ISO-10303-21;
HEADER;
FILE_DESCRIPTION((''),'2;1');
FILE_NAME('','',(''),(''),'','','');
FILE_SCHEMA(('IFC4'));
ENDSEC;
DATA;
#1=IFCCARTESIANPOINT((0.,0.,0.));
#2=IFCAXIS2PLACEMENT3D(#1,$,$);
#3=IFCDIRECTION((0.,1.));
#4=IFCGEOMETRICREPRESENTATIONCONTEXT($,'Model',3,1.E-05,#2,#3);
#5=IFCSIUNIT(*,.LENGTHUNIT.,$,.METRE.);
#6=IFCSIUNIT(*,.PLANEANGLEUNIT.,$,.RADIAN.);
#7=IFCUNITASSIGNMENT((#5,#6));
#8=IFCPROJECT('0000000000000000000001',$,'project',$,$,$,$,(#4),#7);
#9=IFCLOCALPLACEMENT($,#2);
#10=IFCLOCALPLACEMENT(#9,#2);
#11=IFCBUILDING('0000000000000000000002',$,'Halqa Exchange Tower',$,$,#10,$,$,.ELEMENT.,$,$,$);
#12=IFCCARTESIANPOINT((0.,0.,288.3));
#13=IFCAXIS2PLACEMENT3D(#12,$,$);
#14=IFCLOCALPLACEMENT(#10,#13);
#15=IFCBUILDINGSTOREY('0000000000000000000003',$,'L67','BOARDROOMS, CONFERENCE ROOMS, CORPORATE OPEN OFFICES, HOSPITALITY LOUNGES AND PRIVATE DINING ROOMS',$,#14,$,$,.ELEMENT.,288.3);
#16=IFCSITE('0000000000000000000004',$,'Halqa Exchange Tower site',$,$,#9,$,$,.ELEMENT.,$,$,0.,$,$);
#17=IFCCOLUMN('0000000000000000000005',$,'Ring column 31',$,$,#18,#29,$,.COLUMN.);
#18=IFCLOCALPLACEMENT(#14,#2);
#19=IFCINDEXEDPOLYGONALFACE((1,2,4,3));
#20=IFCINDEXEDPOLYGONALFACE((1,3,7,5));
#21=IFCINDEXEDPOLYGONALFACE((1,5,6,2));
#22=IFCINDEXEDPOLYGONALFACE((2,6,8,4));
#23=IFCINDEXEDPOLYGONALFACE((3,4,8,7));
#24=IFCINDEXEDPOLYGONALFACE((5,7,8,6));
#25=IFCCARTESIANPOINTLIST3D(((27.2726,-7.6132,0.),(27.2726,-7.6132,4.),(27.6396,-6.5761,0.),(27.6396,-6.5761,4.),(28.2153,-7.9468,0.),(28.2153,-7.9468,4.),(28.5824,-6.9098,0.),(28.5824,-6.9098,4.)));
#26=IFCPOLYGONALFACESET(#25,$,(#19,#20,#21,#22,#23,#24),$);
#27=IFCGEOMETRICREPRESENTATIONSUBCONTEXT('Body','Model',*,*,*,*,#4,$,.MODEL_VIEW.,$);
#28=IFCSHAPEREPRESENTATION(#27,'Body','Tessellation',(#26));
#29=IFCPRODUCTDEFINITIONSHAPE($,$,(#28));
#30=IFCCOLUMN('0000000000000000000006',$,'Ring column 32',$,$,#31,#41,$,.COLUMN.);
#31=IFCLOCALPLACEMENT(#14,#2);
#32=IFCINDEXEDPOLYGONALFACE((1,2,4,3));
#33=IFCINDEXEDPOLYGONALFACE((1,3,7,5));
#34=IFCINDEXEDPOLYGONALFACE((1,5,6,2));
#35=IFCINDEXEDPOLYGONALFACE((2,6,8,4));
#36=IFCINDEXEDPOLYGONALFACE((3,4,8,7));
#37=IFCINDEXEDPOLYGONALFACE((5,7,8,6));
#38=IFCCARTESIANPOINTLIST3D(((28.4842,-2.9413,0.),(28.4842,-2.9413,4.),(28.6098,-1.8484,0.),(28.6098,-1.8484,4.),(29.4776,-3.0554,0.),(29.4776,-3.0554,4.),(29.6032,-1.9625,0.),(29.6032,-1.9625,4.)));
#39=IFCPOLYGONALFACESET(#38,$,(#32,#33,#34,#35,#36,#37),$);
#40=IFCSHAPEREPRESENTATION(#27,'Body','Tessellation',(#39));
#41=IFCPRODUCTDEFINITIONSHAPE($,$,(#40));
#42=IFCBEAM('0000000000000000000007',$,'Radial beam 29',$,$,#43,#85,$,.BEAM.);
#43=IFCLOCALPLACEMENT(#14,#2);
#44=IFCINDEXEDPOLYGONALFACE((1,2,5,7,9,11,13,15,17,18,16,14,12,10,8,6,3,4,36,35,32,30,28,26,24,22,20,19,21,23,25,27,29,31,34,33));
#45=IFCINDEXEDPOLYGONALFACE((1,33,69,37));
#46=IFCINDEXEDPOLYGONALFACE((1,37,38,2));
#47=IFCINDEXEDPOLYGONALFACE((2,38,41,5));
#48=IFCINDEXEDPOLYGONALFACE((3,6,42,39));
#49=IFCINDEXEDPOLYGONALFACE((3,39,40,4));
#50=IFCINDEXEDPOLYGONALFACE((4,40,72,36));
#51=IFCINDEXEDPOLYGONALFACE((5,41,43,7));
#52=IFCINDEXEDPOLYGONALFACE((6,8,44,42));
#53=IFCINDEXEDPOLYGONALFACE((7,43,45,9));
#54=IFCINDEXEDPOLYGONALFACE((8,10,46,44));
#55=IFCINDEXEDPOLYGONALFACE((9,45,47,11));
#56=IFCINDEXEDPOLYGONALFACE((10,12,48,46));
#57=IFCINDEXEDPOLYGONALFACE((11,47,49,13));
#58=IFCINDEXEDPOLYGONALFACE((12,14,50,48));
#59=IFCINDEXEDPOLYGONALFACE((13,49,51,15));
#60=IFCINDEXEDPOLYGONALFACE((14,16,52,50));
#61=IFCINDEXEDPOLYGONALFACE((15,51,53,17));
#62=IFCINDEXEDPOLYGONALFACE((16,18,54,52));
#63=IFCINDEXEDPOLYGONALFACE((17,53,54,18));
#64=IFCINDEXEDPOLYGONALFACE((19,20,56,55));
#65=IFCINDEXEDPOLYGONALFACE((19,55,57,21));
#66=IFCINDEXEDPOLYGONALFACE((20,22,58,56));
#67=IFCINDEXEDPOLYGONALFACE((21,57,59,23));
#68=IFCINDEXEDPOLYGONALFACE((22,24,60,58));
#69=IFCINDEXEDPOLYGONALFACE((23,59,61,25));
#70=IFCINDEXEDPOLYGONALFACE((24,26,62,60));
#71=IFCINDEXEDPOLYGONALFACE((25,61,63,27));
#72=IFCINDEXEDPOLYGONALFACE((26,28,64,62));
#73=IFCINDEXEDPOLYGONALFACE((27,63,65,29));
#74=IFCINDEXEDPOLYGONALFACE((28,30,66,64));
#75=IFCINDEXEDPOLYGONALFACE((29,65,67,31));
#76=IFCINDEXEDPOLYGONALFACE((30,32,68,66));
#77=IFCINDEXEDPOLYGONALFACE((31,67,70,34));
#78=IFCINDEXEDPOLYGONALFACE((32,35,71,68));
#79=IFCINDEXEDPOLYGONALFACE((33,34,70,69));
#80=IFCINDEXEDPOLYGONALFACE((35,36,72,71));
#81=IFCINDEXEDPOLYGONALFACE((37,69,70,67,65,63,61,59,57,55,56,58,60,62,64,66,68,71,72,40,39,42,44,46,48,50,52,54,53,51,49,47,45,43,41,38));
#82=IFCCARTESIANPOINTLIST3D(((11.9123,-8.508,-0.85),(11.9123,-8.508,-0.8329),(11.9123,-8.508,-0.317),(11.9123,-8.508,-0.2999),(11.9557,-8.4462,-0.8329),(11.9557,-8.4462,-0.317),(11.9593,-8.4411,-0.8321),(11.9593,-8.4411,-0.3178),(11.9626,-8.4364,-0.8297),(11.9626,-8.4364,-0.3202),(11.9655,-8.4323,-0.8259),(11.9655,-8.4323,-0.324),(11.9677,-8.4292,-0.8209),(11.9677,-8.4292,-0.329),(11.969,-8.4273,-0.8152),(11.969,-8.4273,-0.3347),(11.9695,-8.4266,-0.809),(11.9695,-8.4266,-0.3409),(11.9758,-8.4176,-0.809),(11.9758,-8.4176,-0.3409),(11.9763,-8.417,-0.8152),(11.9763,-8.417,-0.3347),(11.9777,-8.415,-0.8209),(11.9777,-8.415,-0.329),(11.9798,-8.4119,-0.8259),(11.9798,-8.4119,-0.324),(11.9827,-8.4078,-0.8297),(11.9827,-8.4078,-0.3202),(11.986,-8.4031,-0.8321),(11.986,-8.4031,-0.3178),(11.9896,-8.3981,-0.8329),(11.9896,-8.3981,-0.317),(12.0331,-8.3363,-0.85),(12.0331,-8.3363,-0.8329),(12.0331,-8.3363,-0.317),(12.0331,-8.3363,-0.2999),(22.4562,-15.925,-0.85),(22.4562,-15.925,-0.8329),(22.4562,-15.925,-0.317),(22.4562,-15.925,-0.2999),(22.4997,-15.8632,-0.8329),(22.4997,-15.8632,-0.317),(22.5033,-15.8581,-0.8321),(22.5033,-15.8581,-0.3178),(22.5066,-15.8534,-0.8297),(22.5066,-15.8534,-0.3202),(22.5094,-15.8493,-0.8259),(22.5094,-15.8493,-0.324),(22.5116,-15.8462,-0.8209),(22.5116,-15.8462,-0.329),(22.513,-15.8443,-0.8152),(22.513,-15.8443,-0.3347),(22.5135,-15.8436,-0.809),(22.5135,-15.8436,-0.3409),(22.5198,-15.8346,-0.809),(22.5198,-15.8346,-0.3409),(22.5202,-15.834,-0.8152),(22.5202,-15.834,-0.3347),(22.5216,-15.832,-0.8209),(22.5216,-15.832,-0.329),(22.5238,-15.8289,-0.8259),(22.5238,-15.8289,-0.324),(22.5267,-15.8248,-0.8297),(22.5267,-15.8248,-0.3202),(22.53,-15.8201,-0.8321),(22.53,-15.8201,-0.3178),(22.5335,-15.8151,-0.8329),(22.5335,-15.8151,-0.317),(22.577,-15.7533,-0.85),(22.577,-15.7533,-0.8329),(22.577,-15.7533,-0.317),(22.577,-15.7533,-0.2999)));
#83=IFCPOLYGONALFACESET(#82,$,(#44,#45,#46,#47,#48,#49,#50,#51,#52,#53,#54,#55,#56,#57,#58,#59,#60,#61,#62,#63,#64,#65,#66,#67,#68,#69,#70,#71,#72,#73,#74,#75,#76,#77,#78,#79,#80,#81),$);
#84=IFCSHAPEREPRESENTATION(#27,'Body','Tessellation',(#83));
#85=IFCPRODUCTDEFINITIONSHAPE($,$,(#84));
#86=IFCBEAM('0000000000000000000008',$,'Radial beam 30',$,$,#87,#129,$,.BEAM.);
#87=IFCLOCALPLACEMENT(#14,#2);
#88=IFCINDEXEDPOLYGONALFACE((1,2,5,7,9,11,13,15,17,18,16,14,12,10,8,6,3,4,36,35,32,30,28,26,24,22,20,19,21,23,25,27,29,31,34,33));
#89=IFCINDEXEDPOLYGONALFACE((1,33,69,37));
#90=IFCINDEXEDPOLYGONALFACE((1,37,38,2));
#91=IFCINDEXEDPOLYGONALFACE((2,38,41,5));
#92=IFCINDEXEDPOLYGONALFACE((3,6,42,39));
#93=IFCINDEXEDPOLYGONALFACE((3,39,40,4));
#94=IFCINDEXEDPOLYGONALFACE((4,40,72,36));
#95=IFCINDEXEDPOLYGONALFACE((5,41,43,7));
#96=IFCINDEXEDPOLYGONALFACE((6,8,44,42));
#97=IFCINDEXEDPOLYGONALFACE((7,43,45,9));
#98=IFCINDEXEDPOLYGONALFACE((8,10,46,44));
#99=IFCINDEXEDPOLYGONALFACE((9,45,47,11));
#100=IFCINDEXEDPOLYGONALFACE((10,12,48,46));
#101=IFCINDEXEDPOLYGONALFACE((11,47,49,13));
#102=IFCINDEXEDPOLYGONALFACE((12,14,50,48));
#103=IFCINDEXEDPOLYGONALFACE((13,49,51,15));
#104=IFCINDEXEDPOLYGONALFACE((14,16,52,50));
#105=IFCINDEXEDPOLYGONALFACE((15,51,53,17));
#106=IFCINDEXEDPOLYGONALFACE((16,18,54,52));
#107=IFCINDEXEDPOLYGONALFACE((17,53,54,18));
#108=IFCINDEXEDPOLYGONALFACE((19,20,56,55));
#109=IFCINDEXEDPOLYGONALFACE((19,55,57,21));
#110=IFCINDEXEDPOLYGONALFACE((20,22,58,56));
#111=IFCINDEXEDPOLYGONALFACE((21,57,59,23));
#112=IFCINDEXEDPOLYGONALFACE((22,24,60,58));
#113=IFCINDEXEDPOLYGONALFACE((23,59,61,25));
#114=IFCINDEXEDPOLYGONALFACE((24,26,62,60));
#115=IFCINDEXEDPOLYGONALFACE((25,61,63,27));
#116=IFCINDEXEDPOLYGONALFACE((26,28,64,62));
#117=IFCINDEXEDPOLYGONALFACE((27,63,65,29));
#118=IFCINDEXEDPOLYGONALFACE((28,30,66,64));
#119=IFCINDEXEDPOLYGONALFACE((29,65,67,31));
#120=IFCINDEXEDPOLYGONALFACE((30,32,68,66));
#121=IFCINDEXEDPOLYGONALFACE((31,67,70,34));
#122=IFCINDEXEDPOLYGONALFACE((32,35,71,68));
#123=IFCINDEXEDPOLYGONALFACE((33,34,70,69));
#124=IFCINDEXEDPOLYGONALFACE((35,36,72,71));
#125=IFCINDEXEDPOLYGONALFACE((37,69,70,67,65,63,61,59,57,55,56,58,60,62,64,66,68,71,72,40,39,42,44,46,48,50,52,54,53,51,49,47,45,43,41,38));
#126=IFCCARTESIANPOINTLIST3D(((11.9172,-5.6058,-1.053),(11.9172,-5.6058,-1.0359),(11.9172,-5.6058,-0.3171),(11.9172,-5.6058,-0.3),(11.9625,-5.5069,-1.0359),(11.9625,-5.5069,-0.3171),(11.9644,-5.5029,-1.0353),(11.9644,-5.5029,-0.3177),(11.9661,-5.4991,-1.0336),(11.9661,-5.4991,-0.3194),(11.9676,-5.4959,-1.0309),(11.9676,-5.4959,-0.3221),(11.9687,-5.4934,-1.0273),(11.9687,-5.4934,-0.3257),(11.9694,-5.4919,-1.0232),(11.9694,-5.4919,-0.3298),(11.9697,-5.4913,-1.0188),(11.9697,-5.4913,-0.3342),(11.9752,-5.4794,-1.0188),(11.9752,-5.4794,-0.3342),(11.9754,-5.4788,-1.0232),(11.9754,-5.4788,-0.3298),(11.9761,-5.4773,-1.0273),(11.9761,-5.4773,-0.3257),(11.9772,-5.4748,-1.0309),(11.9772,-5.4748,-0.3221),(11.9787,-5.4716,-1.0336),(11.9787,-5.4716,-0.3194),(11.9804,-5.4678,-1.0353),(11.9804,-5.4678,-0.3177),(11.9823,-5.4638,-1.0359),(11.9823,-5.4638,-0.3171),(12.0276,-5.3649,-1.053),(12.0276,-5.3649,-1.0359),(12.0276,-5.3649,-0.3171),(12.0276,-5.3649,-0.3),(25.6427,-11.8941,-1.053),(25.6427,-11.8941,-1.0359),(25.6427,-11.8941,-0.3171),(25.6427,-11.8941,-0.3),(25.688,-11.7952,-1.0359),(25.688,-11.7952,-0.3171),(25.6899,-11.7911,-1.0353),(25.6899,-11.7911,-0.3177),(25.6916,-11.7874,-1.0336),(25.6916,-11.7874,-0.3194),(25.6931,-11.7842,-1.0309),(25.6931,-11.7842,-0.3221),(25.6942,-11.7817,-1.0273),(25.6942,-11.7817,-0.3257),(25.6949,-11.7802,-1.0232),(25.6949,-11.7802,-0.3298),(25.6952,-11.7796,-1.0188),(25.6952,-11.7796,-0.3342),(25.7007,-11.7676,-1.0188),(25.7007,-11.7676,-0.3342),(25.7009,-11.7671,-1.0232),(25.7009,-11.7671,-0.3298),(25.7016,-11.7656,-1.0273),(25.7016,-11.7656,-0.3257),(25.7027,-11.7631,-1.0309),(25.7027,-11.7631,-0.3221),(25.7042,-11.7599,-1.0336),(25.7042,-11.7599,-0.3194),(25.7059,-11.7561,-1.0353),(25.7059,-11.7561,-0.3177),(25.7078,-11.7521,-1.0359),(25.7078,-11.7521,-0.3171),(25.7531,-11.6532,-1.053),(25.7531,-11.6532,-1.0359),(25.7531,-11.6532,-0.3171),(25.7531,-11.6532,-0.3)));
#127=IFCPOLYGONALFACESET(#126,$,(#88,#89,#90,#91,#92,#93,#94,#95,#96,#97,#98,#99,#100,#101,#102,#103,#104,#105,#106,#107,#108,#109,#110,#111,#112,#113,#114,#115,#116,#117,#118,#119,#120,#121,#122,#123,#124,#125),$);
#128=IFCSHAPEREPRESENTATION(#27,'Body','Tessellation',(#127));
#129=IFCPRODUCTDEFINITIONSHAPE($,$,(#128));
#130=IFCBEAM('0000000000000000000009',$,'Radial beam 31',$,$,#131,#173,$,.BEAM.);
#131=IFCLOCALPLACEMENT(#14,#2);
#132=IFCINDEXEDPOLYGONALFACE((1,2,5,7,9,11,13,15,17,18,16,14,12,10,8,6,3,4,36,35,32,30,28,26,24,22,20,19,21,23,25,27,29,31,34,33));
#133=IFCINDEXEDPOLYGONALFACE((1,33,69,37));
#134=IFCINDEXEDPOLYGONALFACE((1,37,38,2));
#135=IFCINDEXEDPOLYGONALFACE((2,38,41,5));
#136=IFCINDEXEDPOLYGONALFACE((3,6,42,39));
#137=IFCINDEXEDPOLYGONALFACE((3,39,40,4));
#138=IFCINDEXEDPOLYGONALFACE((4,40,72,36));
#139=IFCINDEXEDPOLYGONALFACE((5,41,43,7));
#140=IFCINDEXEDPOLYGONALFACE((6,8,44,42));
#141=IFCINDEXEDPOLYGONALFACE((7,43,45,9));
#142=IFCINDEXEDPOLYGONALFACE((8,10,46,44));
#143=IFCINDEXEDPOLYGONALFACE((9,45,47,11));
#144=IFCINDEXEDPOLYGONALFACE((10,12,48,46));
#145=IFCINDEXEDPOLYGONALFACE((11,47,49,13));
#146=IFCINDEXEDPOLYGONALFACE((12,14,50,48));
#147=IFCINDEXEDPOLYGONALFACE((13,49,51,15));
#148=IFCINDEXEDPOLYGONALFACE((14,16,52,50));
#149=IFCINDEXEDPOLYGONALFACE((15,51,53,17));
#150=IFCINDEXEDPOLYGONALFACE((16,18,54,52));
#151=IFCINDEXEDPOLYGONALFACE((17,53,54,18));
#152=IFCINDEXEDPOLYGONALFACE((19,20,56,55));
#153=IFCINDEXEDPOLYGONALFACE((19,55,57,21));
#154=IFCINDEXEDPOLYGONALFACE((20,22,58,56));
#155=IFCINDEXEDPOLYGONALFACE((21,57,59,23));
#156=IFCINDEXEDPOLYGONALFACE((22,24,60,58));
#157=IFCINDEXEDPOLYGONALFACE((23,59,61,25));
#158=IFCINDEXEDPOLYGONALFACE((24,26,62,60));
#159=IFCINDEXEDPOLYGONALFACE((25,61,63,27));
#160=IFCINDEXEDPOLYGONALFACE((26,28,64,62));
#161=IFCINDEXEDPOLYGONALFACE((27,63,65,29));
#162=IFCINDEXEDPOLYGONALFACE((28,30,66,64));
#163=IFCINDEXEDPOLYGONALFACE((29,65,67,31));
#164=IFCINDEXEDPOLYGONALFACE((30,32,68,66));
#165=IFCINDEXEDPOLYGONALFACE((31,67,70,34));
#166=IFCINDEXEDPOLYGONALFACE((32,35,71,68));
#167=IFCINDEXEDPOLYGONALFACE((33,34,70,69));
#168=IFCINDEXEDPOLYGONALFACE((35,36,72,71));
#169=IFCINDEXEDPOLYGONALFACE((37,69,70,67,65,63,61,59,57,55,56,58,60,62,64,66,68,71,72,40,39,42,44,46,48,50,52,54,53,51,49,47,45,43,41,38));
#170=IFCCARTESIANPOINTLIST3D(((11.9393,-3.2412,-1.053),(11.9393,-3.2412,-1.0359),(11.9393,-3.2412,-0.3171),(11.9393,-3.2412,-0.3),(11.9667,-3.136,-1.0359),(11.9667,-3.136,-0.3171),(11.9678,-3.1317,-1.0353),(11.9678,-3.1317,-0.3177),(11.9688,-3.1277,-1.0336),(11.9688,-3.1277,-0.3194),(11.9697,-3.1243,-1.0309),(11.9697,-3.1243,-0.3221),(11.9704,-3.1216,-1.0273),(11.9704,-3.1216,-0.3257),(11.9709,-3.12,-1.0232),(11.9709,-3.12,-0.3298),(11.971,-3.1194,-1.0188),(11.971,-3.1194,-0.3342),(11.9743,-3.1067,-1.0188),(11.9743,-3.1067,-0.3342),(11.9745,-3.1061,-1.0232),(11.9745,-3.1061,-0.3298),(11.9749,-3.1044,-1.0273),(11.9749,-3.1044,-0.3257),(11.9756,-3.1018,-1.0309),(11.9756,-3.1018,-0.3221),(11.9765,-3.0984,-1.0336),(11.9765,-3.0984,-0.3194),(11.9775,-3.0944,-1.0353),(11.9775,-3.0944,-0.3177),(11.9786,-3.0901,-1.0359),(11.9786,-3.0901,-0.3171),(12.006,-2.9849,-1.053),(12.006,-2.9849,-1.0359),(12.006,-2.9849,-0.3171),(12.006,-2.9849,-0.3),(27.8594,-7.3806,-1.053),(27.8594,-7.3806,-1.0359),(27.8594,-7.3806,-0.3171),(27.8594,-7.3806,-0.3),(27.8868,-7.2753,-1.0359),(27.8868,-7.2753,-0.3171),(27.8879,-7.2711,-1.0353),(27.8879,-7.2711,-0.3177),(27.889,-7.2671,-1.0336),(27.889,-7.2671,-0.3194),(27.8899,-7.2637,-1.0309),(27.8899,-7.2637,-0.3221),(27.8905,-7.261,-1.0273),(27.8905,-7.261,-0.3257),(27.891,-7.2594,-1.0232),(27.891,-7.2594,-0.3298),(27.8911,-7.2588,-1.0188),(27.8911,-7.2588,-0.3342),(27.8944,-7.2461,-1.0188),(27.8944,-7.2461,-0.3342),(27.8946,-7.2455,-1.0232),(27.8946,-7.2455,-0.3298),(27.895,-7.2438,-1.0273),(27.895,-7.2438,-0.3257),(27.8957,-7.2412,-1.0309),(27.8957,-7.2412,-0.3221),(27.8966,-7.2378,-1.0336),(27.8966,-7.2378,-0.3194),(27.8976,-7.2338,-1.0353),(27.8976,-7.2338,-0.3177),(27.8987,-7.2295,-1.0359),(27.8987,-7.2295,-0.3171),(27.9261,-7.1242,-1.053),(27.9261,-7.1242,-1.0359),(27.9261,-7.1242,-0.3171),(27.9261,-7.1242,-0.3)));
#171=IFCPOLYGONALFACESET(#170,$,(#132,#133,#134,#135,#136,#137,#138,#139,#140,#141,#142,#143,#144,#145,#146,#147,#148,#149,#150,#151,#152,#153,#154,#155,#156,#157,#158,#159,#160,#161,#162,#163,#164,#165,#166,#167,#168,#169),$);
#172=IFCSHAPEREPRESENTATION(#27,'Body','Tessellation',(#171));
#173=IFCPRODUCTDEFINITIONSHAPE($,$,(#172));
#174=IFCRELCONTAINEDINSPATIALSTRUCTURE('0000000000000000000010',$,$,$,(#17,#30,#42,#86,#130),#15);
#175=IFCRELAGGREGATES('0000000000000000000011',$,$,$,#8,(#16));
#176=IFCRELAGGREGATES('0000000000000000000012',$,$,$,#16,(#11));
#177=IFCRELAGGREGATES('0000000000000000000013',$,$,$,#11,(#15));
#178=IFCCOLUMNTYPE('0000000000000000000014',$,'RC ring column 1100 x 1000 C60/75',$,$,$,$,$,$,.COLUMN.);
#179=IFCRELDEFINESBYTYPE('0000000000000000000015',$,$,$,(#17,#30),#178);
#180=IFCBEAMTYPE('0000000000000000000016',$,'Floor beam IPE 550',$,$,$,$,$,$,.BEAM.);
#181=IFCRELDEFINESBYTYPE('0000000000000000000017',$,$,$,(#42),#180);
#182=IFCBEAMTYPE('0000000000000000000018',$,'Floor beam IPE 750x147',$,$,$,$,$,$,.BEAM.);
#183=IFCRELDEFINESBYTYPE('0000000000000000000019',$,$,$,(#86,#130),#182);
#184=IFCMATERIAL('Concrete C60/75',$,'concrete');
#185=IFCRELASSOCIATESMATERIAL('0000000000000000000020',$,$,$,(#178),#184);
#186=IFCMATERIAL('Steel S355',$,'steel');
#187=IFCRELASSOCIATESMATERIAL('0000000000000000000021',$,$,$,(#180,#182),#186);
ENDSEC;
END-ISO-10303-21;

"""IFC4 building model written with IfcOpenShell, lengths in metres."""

from ifc_helpers import new_model, si_unit, direction, frame, origin, origin_2d, place, context, subcontext, project, spatial, rectangle, i_section, extrude, material, material_profile, profile_set, type_object, element, save


model = new_model("IFC4")

# Units and contexts
model_context = context("Model", 3, precision=1e-05, world=origin(), true_north=direction((0.0, 1.0)))
body_context = subcontext(model_context, "Body", "Model", "MODEL_VIEW")
ifc_project = project(units=[si_unit("LENGTHUNIT", "METRE"), si_unit("PLANEANGLEUNIT", "RADIAN")], contexts=[model_context])

# Site, building, storey
site_placement = place(None, origin())
site = spatial("IfcSite", under=ifc_project, at=site_placement, Name="Halqa Exchange Tower site", CompositionType="ELEMENT", RefElevation=0.0)
building_placement = place(site_placement, origin())
building = spatial("IfcBuilding", under=site, at=building_placement, Name="Halqa Exchange Tower", CompositionType="ELEMENT")
storey_placement = place(building_placement, frame((0.0, 0.0, 288.3)))
storey = spatial("IfcBuildingStorey", under=building, at=storey_placement, Name="L67", Description="BOARDROOMS, CONFERENCE ROOMS, CORPORATE OPEN OFFICES, HOSPITALITY LOUNGES AND PRIVATE DINING ROOMS", CompositionType="ELEMENT", Elevation=288.3)

# Columns
ifc_material_1 = material(Name="Concrete C60/75", Category="concrete")
ifc_material_profile_1 = material_profile(ifc_material_1, rectangle(XDim=1.1001, YDim=1.0, at=origin_2d()), Name="1100 x 1000")
ifc_profile_set_1 = profile_set([ifc_material_profile_1], Name="Concrete C60/75")
column_type = type_object("IfcColumnType", Name="RC ring column 1100 x 1000 C60/75", PredefinedType="COLUMN", material=ifc_profile_set_1)
for number, where, z_axis, x_axis, name in (
    (1, (27.9275, -7.2615, 0.0), (0.0, 0.0, 1.0), (0.333628, 0.942705, 0.0), "Ring column 31"),
    (2, (29.0437, -2.4519, 0.0), (0.0, 0.0, 1.0), (0.114162, 0.993462, 0.0), "Ring column 32"),
):
    element("IfcColumn", number, at=place(storey_placement, frame(where, z_axis=z_axis, x_axis=x_axis)), inside=storey, type_object=column_type, Name=name, PredefinedType="COLUMN", context=body_context, shape_type="SweptSolid", body=[
        extrude(rectangle(XDim=1.1001, YDim=1.0, at=origin_2d()), origin(), (0.0, 0.0, 1.0), 4.0),
    ])

# Beams
ifc_material_2 = material(Name="Steel S355", Category="steel")
ifc_material_profile_2 = material_profile(ifc_material_2, i_section(OverallWidth=0.21, OverallDepth=0.55, WebThickness=0.011, FlangeThickness=0.0171, FilletRadius=0.0239, at=origin_2d()), Name="IPE 550")
ifc_profile_set_2 = profile_set([ifc_material_profile_2], Name="Steel S355")
beam_type_1 = type_object("IfcBeamType", Name="Floor beam IPE 550", PredefinedType="BEAM", material=ifc_profile_set_2)
beam_1_placement = place(storey_placement, frame((11.9727, -8.4221, -0.575), z_axis=(0.817909, -0.575347, 0.0), x_axis=(0.575347, 0.817909, 0.0)))
element("IfcBeam", 3, at=beam_1_placement, inside=storey, type_object=beam_type_1, Name="Radial beam 29", PredefinedType="BEAM", context=body_context, shape_type="SweptSolid", body=[
    extrude(i_section(OverallWidth=0.21, OverallDepth=0.55, WebThickness=0.011, FlangeThickness=0.0171, FilletRadius=0.0239, at=origin_2d()), origin(), (0.0, 0.0, 1.0), 12.8914),
])
ifc_material_profile_3 = material_profile(ifc_material_2, i_section(OverallWidth=0.2649, OverallDepth=0.7529, WebThickness=0.0132, FlangeThickness=0.0171, FilletRadius=0.0171, at=origin_2d()), Name="IPE 750x147")
ifc_profile_set_3 = profile_set([ifc_material_profile_3], Name="Steel S355")
beam_type_2 = type_object("IfcBeamType", Name="Floor beam IPE 750x147", PredefinedType="BEAM", material=ifc_profile_set_3)
beam_2_placement = place(storey_placement, frame((11.9724, -5.4854, -0.6765), z_axis=(0.909129, -0.416514, 0.0), x_axis=(0.416514, 0.909129, 0.0)))
element("IfcBeam", 4, at=beam_2_placement, inside=storey, type_object=beam_type_2, Name="Radial beam 30", PredefinedType="BEAM", context=body_context, shape_type="SweptSolid", body=[
    extrude(i_section(OverallWidth=0.2649, OverallDepth=0.7529, WebThickness=0.0132, FlangeThickness=0.0171, FilletRadius=0.0171, at=origin_2d()), origin(), (0.0, 0.0, 1.0), 15.0974),
])
beam_3_placement = place(storey_placement, frame((11.9727, -3.113, -0.6765), z_axis=(0.96782, -0.251643, 0.0), x_axis=(0.251643, 0.96782, 0.0)))
element("IfcBeam", 5, at=beam_3_placement, inside=storey, type_object=beam_type_2, Name="Radial beam 31", PredefinedType="BEAM", context=body_context, shape_type="SweptSolid", body=[
    extrude(i_section(OverallWidth=0.2649, OverallDepth=0.7529, WebThickness=0.0132, FlangeThickness=0.0171, FilletRadius=0.0171, at=origin_2d()), origin(), (0.0, 0.0, 1.0), 16.4495),
])

save(model, "model.ifc")
